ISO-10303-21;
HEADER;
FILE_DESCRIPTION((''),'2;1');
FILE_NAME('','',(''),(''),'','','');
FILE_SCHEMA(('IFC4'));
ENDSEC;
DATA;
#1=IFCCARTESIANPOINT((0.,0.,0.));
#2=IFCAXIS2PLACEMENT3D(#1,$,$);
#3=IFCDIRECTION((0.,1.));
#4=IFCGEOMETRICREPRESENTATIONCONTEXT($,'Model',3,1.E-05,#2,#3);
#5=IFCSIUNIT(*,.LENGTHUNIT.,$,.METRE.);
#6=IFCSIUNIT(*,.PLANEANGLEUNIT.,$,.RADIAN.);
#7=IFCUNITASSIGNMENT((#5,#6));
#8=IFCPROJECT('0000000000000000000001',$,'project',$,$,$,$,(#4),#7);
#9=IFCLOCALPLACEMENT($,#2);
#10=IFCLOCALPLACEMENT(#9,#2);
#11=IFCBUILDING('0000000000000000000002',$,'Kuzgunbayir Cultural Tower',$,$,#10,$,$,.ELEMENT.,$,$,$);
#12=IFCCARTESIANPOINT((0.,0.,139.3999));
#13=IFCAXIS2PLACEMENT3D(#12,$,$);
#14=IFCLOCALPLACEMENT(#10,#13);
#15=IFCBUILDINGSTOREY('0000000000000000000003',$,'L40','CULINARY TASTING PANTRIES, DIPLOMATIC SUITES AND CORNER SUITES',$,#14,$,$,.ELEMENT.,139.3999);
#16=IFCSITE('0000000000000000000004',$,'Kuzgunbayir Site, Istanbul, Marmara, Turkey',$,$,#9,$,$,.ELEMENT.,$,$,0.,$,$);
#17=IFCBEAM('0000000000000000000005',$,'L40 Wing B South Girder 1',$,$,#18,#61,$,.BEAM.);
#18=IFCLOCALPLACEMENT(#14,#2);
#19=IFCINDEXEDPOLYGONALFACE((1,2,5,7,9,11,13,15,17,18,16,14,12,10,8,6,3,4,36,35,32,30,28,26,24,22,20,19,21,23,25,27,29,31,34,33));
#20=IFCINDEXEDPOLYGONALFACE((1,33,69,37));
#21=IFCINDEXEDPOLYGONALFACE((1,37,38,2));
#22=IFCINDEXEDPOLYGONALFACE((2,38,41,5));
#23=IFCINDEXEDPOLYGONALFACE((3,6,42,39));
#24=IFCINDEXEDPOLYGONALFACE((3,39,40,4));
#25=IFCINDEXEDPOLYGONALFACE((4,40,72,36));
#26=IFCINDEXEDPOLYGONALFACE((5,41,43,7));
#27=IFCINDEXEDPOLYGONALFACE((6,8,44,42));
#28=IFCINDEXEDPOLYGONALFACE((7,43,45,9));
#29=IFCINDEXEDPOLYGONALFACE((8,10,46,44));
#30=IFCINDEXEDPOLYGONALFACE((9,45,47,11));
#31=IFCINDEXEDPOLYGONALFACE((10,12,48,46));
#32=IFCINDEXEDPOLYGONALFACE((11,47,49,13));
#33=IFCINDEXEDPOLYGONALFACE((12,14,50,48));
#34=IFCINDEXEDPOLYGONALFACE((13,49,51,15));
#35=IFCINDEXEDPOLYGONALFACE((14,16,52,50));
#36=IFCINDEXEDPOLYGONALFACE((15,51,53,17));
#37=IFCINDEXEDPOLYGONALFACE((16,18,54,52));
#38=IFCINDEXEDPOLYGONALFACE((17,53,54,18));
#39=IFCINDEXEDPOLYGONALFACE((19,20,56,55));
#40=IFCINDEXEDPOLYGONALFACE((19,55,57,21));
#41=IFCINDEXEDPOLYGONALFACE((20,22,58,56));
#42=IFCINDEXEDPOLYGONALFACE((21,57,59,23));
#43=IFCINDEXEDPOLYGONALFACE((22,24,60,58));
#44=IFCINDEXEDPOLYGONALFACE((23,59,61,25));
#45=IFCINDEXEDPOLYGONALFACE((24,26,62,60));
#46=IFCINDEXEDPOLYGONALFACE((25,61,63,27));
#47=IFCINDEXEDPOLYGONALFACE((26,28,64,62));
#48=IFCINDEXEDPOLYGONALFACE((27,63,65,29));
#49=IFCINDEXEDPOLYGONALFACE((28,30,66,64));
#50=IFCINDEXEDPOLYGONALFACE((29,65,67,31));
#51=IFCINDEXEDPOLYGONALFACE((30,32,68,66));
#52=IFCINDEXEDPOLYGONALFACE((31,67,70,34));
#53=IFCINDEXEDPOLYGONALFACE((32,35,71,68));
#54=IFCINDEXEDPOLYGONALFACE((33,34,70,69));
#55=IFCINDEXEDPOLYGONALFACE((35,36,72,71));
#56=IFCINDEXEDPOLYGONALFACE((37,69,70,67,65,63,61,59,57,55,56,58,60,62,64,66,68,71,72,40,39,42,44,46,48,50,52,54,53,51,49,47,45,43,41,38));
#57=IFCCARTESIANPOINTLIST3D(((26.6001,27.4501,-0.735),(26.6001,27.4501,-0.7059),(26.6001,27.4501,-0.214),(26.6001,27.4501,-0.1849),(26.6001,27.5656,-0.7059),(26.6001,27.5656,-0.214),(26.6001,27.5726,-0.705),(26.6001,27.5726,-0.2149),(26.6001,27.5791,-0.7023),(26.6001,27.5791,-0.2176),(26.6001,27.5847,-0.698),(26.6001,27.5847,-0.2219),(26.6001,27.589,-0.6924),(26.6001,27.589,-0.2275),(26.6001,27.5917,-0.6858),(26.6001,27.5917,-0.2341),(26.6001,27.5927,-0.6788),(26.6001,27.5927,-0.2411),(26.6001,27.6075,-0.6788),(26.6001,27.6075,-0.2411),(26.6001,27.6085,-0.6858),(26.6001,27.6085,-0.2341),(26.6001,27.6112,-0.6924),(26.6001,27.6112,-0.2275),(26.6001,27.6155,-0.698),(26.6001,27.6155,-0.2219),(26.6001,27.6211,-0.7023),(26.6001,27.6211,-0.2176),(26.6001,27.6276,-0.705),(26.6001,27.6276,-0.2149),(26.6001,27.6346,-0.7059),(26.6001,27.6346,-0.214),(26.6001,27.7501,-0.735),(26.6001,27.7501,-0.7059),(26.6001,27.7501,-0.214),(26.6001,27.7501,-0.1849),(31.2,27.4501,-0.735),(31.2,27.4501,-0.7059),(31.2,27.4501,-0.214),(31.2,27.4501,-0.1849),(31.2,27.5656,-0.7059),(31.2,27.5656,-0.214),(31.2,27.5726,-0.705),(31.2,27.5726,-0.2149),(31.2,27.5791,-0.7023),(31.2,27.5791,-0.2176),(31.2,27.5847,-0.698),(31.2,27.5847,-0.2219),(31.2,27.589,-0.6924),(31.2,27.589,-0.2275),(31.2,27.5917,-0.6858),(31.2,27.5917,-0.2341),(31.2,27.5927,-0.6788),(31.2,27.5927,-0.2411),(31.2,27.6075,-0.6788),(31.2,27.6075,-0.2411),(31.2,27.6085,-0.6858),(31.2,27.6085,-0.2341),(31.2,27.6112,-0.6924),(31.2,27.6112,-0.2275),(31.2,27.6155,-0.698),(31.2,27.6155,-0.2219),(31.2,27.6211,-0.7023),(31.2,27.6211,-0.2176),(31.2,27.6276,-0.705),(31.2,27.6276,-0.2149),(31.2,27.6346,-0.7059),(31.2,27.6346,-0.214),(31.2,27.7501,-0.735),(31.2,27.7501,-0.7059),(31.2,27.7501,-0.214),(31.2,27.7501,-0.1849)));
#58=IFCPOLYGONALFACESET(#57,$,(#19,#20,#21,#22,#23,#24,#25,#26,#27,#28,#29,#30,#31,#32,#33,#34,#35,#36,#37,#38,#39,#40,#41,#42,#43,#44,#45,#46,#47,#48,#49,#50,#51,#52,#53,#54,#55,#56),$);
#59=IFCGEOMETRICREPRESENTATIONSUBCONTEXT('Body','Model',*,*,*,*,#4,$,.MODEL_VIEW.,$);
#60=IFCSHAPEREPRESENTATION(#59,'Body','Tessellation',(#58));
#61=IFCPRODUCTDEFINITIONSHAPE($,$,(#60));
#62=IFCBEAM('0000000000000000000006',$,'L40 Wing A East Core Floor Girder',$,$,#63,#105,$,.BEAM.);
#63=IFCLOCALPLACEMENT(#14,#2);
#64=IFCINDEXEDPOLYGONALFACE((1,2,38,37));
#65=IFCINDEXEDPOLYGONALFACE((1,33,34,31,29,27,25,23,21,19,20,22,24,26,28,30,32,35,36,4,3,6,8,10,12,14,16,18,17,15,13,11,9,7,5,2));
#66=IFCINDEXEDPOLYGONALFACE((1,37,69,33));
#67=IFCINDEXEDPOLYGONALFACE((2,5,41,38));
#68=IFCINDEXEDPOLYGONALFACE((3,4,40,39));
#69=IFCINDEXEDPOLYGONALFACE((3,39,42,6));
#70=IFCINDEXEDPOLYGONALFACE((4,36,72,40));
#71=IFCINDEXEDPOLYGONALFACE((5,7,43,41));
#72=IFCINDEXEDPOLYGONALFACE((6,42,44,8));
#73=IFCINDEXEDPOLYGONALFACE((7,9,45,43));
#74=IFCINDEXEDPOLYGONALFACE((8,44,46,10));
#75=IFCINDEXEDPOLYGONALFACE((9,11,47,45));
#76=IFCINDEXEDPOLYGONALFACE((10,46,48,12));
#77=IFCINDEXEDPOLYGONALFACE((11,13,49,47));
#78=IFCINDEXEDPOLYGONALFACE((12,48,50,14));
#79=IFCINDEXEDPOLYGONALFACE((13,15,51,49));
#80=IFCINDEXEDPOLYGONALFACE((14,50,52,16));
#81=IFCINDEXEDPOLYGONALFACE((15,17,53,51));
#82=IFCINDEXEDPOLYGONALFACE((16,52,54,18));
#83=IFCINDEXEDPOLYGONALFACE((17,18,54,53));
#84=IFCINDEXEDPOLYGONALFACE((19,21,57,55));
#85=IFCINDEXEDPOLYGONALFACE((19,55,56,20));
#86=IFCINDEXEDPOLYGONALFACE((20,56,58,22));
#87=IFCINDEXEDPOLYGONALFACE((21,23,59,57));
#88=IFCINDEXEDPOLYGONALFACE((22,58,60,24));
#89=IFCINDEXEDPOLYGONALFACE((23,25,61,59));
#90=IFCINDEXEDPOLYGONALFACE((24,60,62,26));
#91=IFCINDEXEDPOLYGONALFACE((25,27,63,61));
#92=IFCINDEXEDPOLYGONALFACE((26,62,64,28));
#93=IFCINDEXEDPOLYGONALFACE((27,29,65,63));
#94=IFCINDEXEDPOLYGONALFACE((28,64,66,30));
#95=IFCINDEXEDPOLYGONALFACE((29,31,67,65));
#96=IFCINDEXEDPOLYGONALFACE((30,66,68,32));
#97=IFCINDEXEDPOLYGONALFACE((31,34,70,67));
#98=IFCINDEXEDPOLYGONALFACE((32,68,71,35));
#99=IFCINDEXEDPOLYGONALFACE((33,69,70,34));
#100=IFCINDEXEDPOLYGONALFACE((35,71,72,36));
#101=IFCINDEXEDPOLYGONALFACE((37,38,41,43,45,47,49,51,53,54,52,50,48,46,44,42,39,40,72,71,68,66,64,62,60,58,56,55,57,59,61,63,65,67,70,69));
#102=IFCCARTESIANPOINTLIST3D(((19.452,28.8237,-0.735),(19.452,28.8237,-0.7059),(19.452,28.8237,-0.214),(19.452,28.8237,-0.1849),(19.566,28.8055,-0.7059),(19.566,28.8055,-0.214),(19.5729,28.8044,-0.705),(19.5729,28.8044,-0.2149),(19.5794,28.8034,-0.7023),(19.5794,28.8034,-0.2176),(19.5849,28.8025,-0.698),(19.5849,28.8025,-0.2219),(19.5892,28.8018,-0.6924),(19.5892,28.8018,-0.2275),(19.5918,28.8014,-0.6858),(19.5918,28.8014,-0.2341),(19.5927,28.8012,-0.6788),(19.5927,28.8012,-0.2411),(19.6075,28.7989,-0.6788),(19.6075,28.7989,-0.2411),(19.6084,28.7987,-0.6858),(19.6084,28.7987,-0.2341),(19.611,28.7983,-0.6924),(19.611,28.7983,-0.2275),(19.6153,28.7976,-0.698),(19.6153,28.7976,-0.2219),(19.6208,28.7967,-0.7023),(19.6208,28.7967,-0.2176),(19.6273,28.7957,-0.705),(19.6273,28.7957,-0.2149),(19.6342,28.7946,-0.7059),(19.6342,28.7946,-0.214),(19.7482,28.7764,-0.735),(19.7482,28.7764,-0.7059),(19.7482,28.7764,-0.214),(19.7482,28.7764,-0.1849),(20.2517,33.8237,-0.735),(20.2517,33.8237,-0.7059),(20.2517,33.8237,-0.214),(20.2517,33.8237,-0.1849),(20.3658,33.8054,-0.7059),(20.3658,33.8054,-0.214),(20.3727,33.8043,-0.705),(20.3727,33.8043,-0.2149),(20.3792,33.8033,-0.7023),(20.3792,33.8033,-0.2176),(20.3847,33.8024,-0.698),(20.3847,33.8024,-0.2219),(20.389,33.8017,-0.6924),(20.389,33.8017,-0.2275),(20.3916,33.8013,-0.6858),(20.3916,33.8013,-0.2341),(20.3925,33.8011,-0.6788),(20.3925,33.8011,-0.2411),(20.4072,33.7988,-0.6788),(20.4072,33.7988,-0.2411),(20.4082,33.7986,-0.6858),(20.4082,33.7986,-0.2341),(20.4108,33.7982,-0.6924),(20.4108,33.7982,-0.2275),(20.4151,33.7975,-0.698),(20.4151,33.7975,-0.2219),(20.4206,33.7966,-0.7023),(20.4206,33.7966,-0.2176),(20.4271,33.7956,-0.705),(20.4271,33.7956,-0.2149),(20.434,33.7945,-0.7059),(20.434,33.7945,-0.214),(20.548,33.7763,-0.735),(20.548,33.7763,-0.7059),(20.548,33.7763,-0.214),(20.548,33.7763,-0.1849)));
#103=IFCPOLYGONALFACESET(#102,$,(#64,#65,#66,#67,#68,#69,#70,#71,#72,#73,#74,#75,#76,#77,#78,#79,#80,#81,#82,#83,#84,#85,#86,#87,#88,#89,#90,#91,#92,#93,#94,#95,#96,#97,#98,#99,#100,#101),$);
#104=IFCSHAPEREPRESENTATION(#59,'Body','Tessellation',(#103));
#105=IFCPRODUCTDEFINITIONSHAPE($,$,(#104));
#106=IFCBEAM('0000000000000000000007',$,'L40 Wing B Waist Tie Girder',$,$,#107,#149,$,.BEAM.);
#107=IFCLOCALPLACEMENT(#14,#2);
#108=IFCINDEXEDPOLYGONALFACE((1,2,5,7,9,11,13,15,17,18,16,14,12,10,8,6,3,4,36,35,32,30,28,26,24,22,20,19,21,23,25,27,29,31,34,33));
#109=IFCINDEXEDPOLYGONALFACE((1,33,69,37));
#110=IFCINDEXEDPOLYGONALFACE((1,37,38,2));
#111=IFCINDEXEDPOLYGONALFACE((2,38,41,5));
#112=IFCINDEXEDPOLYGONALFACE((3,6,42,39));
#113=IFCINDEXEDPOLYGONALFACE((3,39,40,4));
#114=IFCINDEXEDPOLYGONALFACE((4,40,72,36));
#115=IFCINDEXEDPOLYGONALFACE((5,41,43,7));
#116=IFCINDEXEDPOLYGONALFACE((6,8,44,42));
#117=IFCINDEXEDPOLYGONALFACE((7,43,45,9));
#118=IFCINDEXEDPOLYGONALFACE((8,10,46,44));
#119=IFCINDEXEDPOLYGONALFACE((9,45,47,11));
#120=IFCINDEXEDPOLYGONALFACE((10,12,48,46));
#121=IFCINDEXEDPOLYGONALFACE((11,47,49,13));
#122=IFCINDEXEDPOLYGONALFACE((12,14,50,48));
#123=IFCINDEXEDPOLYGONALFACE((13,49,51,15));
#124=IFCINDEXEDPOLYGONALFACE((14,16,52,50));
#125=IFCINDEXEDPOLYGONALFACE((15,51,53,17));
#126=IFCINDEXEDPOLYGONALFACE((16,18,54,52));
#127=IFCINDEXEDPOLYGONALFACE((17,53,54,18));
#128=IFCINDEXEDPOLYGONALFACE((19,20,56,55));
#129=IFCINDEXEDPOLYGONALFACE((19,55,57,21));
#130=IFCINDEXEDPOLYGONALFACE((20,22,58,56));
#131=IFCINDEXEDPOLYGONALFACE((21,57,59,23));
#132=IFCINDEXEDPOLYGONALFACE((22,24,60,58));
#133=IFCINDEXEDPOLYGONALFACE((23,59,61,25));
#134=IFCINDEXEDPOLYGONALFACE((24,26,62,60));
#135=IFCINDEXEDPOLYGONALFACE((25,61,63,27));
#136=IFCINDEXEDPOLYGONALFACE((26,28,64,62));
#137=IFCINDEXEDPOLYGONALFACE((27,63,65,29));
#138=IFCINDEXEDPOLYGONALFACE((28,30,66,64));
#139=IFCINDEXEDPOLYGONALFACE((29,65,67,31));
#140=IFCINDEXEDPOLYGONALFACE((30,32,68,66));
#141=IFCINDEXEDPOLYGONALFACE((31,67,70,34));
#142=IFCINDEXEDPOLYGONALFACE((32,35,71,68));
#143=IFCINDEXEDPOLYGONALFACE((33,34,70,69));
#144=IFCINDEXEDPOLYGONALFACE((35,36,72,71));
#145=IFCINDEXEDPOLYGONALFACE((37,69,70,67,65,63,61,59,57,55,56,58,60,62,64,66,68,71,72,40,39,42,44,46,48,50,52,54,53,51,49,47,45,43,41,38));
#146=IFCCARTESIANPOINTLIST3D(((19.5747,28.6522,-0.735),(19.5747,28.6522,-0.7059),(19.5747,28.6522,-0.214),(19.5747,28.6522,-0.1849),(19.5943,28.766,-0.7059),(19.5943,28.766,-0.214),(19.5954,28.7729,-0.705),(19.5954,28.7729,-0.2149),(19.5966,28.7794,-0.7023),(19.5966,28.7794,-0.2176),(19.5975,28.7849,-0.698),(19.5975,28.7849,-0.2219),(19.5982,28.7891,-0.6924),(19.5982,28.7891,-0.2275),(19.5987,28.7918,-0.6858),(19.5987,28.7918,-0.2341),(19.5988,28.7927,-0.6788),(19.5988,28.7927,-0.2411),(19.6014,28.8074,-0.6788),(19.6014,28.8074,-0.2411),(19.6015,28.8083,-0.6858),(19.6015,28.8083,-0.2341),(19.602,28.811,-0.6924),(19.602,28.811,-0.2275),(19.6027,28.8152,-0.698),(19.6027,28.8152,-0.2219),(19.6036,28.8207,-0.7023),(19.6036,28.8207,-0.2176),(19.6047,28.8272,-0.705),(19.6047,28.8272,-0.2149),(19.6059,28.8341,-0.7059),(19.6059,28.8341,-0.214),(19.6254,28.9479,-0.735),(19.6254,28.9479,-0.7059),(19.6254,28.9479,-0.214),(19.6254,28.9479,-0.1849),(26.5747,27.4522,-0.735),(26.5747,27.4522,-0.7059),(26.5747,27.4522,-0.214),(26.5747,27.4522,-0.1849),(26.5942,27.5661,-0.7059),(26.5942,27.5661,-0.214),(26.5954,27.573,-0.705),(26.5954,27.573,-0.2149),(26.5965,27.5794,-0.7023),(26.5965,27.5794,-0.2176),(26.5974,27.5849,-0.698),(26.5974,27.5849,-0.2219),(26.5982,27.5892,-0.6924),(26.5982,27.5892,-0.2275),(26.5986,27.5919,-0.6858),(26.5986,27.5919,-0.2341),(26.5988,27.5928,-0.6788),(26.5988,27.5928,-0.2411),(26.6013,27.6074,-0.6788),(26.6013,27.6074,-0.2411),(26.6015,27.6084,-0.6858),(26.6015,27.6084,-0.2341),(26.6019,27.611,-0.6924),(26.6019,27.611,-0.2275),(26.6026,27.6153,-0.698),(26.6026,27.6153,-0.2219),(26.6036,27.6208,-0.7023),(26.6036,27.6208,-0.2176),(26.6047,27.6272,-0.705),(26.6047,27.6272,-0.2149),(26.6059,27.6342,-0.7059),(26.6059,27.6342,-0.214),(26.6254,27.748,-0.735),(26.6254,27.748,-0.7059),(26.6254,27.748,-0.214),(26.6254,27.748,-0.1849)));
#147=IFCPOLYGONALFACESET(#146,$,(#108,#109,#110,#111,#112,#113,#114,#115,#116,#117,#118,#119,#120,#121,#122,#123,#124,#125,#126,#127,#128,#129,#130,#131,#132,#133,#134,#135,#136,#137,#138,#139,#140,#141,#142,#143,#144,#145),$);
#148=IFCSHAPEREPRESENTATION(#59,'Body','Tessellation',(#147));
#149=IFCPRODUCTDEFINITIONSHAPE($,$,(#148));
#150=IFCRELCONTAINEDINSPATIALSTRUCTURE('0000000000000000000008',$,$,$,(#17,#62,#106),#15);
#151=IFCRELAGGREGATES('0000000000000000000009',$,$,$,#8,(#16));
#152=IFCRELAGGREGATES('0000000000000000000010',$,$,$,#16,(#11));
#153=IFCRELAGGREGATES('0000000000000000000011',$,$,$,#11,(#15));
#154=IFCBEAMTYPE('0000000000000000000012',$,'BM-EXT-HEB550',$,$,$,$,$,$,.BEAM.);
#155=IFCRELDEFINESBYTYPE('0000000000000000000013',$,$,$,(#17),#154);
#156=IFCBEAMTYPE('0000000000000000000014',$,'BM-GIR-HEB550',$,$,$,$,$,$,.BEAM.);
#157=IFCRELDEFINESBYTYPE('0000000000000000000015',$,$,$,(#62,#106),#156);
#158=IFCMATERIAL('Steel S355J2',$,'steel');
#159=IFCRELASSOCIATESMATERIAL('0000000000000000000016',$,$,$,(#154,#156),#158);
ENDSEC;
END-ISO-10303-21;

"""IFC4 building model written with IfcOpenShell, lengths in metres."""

from ifc_helpers import new_model, si_unit, direction, frame, origin, origin_2d, place, context, subcontext, project, spatial, i_section, extrude, material, material_profile, profile_set, type_object, element, save


model = new_model("IFC4")

# Units and contexts
model_context = context("Model", 3, precision=1e-05, world=origin(), true_north=direction((0.0, 1.0)))
body_context = subcontext(model_context, "Body", "Model", "MODEL_VIEW")
ifc_project = project(units=[si_unit("LENGTHUNIT", "METRE"), si_unit("PLANEANGLEUNIT", "RADIAN")], contexts=[model_context])

# Site, building, storey
site_placement = place(None, origin())
site = spatial("IfcSite", under=ifc_project, at=site_placement, Name="Kuzgunbayir Site, Istanbul, Marmara, Turkey", CompositionType="ELEMENT", RefElevation=0.0)
building_placement = place(site_placement, origin())
building = spatial("IfcBuilding", under=site, at=building_placement, Name="Kuzgunbayir Cultural Tower", CompositionType="ELEMENT")
storey_placement = place(building_placement, frame((0.0, 0.0, 139.3999)))
storey = spatial("IfcBuildingStorey", under=building, at=storey_placement, Name="L40", Description="CULINARY TASTING PANTRIES, DIPLOMATIC SUITES AND CORNER SUITES", CompositionType="ELEMENT", Elevation=139.3999)

# Beams
ifc_material_1 = material(Name="Steel S355J2", Category="steel")
ifc_material_profile_1 = material_profile(ifc_material_1, i_section(OverallWidth=0.3, OverallDepth=0.55, WebThickness=0.0149, FlangeThickness=0.0291, FilletRadius=0.0271, at=origin_2d()), Name="HEB 550")
ifc_profile_set_1 = profile_set([ifc_material_profile_1], Name="Steel S355J2")
beam_type_1 = type_object("IfcBeamType", Name="BM-EXT-HEB550", PredefinedType="BEAM", material=ifc_profile_set_1)
beam_1_placement = place(storey_placement, frame((26.6001, 27.6001, -0.46), z_axis=(1.0, 0.0, 0.0), x_axis=(0.0, 1.0, 0.0)))
element("IfcBeam", 1, at=beam_1_placement, inside=storey, type_object=beam_type_1, Name="L40 Wing B South Girder 1", PredefinedType="BEAM", context=body_context, shape_type="SweptSolid", body=[
    extrude(i_section(OverallWidth=0.3, OverallDepth=0.55, WebThickness=0.0149, FlangeThickness=0.0291, FilletRadius=0.0271, at=origin_2d()), origin(), (0.0, 0.0, 1.0), 4.5999),
])
ifc_material_profile_2 = material_profile(ifc_material_1, i_section(OverallWidth=0.3, OverallDepth=0.55, WebThickness=0.0149, FlangeThickness=0.0291, FilletRadius=0.0271, at=origin_2d()), Name="HEB 550")
ifc_profile_set_2 = profile_set([ifc_material_profile_2], Name="Steel S355J2")
beam_type_2 = type_object("IfcBeamType", Name="BM-GIR-HEB550", PredefinedType="BEAM", material=ifc_profile_set_2)
beam_2_placement = place(storey_placement, frame((19.6001, 28.8, -0.46), z_axis=(0.157953, 0.987447, 0.0), x_axis=(-0.987447, 0.157953, 0.0)))
element("IfcBeam", 2, at=beam_2_placement, inside=storey, type_object=beam_type_2, Name="L40 Wing A East Core Floor Girder", PredefinedType="BEAM", context=body_context, shape_type="SweptSolid", body=[
    extrude(i_section(OverallWidth=0.3, OverallDepth=0.55, WebThickness=0.0149, FlangeThickness=0.0291, FilletRadius=0.0271, at=origin_2d()), origin(), (0.0, 0.0, 1.0), 5.0635),
])
beam_3_placement = place(storey_placement, frame((19.6001, 28.8, -0.46), z_axis=(0.985623, -0.168957, 0.0), x_axis=(0.168957, 0.985623, 0.0)))
element("IfcBeam", 3, at=beam_3_placement, inside=storey, type_object=beam_type_2, Name="L40 Wing B Waist Tie Girder", PredefinedType="BEAM", context=body_context, shape_type="SweptSolid", body=[
    extrude(i_section(OverallWidth=0.3, OverallDepth=0.55, WebThickness=0.0149, FlangeThickness=0.0291, FilletRadius=0.0271, at=origin_2d()), origin(), (0.0, 0.0, 1.0), 7.1021),
])

save(model, "model.ifc")
